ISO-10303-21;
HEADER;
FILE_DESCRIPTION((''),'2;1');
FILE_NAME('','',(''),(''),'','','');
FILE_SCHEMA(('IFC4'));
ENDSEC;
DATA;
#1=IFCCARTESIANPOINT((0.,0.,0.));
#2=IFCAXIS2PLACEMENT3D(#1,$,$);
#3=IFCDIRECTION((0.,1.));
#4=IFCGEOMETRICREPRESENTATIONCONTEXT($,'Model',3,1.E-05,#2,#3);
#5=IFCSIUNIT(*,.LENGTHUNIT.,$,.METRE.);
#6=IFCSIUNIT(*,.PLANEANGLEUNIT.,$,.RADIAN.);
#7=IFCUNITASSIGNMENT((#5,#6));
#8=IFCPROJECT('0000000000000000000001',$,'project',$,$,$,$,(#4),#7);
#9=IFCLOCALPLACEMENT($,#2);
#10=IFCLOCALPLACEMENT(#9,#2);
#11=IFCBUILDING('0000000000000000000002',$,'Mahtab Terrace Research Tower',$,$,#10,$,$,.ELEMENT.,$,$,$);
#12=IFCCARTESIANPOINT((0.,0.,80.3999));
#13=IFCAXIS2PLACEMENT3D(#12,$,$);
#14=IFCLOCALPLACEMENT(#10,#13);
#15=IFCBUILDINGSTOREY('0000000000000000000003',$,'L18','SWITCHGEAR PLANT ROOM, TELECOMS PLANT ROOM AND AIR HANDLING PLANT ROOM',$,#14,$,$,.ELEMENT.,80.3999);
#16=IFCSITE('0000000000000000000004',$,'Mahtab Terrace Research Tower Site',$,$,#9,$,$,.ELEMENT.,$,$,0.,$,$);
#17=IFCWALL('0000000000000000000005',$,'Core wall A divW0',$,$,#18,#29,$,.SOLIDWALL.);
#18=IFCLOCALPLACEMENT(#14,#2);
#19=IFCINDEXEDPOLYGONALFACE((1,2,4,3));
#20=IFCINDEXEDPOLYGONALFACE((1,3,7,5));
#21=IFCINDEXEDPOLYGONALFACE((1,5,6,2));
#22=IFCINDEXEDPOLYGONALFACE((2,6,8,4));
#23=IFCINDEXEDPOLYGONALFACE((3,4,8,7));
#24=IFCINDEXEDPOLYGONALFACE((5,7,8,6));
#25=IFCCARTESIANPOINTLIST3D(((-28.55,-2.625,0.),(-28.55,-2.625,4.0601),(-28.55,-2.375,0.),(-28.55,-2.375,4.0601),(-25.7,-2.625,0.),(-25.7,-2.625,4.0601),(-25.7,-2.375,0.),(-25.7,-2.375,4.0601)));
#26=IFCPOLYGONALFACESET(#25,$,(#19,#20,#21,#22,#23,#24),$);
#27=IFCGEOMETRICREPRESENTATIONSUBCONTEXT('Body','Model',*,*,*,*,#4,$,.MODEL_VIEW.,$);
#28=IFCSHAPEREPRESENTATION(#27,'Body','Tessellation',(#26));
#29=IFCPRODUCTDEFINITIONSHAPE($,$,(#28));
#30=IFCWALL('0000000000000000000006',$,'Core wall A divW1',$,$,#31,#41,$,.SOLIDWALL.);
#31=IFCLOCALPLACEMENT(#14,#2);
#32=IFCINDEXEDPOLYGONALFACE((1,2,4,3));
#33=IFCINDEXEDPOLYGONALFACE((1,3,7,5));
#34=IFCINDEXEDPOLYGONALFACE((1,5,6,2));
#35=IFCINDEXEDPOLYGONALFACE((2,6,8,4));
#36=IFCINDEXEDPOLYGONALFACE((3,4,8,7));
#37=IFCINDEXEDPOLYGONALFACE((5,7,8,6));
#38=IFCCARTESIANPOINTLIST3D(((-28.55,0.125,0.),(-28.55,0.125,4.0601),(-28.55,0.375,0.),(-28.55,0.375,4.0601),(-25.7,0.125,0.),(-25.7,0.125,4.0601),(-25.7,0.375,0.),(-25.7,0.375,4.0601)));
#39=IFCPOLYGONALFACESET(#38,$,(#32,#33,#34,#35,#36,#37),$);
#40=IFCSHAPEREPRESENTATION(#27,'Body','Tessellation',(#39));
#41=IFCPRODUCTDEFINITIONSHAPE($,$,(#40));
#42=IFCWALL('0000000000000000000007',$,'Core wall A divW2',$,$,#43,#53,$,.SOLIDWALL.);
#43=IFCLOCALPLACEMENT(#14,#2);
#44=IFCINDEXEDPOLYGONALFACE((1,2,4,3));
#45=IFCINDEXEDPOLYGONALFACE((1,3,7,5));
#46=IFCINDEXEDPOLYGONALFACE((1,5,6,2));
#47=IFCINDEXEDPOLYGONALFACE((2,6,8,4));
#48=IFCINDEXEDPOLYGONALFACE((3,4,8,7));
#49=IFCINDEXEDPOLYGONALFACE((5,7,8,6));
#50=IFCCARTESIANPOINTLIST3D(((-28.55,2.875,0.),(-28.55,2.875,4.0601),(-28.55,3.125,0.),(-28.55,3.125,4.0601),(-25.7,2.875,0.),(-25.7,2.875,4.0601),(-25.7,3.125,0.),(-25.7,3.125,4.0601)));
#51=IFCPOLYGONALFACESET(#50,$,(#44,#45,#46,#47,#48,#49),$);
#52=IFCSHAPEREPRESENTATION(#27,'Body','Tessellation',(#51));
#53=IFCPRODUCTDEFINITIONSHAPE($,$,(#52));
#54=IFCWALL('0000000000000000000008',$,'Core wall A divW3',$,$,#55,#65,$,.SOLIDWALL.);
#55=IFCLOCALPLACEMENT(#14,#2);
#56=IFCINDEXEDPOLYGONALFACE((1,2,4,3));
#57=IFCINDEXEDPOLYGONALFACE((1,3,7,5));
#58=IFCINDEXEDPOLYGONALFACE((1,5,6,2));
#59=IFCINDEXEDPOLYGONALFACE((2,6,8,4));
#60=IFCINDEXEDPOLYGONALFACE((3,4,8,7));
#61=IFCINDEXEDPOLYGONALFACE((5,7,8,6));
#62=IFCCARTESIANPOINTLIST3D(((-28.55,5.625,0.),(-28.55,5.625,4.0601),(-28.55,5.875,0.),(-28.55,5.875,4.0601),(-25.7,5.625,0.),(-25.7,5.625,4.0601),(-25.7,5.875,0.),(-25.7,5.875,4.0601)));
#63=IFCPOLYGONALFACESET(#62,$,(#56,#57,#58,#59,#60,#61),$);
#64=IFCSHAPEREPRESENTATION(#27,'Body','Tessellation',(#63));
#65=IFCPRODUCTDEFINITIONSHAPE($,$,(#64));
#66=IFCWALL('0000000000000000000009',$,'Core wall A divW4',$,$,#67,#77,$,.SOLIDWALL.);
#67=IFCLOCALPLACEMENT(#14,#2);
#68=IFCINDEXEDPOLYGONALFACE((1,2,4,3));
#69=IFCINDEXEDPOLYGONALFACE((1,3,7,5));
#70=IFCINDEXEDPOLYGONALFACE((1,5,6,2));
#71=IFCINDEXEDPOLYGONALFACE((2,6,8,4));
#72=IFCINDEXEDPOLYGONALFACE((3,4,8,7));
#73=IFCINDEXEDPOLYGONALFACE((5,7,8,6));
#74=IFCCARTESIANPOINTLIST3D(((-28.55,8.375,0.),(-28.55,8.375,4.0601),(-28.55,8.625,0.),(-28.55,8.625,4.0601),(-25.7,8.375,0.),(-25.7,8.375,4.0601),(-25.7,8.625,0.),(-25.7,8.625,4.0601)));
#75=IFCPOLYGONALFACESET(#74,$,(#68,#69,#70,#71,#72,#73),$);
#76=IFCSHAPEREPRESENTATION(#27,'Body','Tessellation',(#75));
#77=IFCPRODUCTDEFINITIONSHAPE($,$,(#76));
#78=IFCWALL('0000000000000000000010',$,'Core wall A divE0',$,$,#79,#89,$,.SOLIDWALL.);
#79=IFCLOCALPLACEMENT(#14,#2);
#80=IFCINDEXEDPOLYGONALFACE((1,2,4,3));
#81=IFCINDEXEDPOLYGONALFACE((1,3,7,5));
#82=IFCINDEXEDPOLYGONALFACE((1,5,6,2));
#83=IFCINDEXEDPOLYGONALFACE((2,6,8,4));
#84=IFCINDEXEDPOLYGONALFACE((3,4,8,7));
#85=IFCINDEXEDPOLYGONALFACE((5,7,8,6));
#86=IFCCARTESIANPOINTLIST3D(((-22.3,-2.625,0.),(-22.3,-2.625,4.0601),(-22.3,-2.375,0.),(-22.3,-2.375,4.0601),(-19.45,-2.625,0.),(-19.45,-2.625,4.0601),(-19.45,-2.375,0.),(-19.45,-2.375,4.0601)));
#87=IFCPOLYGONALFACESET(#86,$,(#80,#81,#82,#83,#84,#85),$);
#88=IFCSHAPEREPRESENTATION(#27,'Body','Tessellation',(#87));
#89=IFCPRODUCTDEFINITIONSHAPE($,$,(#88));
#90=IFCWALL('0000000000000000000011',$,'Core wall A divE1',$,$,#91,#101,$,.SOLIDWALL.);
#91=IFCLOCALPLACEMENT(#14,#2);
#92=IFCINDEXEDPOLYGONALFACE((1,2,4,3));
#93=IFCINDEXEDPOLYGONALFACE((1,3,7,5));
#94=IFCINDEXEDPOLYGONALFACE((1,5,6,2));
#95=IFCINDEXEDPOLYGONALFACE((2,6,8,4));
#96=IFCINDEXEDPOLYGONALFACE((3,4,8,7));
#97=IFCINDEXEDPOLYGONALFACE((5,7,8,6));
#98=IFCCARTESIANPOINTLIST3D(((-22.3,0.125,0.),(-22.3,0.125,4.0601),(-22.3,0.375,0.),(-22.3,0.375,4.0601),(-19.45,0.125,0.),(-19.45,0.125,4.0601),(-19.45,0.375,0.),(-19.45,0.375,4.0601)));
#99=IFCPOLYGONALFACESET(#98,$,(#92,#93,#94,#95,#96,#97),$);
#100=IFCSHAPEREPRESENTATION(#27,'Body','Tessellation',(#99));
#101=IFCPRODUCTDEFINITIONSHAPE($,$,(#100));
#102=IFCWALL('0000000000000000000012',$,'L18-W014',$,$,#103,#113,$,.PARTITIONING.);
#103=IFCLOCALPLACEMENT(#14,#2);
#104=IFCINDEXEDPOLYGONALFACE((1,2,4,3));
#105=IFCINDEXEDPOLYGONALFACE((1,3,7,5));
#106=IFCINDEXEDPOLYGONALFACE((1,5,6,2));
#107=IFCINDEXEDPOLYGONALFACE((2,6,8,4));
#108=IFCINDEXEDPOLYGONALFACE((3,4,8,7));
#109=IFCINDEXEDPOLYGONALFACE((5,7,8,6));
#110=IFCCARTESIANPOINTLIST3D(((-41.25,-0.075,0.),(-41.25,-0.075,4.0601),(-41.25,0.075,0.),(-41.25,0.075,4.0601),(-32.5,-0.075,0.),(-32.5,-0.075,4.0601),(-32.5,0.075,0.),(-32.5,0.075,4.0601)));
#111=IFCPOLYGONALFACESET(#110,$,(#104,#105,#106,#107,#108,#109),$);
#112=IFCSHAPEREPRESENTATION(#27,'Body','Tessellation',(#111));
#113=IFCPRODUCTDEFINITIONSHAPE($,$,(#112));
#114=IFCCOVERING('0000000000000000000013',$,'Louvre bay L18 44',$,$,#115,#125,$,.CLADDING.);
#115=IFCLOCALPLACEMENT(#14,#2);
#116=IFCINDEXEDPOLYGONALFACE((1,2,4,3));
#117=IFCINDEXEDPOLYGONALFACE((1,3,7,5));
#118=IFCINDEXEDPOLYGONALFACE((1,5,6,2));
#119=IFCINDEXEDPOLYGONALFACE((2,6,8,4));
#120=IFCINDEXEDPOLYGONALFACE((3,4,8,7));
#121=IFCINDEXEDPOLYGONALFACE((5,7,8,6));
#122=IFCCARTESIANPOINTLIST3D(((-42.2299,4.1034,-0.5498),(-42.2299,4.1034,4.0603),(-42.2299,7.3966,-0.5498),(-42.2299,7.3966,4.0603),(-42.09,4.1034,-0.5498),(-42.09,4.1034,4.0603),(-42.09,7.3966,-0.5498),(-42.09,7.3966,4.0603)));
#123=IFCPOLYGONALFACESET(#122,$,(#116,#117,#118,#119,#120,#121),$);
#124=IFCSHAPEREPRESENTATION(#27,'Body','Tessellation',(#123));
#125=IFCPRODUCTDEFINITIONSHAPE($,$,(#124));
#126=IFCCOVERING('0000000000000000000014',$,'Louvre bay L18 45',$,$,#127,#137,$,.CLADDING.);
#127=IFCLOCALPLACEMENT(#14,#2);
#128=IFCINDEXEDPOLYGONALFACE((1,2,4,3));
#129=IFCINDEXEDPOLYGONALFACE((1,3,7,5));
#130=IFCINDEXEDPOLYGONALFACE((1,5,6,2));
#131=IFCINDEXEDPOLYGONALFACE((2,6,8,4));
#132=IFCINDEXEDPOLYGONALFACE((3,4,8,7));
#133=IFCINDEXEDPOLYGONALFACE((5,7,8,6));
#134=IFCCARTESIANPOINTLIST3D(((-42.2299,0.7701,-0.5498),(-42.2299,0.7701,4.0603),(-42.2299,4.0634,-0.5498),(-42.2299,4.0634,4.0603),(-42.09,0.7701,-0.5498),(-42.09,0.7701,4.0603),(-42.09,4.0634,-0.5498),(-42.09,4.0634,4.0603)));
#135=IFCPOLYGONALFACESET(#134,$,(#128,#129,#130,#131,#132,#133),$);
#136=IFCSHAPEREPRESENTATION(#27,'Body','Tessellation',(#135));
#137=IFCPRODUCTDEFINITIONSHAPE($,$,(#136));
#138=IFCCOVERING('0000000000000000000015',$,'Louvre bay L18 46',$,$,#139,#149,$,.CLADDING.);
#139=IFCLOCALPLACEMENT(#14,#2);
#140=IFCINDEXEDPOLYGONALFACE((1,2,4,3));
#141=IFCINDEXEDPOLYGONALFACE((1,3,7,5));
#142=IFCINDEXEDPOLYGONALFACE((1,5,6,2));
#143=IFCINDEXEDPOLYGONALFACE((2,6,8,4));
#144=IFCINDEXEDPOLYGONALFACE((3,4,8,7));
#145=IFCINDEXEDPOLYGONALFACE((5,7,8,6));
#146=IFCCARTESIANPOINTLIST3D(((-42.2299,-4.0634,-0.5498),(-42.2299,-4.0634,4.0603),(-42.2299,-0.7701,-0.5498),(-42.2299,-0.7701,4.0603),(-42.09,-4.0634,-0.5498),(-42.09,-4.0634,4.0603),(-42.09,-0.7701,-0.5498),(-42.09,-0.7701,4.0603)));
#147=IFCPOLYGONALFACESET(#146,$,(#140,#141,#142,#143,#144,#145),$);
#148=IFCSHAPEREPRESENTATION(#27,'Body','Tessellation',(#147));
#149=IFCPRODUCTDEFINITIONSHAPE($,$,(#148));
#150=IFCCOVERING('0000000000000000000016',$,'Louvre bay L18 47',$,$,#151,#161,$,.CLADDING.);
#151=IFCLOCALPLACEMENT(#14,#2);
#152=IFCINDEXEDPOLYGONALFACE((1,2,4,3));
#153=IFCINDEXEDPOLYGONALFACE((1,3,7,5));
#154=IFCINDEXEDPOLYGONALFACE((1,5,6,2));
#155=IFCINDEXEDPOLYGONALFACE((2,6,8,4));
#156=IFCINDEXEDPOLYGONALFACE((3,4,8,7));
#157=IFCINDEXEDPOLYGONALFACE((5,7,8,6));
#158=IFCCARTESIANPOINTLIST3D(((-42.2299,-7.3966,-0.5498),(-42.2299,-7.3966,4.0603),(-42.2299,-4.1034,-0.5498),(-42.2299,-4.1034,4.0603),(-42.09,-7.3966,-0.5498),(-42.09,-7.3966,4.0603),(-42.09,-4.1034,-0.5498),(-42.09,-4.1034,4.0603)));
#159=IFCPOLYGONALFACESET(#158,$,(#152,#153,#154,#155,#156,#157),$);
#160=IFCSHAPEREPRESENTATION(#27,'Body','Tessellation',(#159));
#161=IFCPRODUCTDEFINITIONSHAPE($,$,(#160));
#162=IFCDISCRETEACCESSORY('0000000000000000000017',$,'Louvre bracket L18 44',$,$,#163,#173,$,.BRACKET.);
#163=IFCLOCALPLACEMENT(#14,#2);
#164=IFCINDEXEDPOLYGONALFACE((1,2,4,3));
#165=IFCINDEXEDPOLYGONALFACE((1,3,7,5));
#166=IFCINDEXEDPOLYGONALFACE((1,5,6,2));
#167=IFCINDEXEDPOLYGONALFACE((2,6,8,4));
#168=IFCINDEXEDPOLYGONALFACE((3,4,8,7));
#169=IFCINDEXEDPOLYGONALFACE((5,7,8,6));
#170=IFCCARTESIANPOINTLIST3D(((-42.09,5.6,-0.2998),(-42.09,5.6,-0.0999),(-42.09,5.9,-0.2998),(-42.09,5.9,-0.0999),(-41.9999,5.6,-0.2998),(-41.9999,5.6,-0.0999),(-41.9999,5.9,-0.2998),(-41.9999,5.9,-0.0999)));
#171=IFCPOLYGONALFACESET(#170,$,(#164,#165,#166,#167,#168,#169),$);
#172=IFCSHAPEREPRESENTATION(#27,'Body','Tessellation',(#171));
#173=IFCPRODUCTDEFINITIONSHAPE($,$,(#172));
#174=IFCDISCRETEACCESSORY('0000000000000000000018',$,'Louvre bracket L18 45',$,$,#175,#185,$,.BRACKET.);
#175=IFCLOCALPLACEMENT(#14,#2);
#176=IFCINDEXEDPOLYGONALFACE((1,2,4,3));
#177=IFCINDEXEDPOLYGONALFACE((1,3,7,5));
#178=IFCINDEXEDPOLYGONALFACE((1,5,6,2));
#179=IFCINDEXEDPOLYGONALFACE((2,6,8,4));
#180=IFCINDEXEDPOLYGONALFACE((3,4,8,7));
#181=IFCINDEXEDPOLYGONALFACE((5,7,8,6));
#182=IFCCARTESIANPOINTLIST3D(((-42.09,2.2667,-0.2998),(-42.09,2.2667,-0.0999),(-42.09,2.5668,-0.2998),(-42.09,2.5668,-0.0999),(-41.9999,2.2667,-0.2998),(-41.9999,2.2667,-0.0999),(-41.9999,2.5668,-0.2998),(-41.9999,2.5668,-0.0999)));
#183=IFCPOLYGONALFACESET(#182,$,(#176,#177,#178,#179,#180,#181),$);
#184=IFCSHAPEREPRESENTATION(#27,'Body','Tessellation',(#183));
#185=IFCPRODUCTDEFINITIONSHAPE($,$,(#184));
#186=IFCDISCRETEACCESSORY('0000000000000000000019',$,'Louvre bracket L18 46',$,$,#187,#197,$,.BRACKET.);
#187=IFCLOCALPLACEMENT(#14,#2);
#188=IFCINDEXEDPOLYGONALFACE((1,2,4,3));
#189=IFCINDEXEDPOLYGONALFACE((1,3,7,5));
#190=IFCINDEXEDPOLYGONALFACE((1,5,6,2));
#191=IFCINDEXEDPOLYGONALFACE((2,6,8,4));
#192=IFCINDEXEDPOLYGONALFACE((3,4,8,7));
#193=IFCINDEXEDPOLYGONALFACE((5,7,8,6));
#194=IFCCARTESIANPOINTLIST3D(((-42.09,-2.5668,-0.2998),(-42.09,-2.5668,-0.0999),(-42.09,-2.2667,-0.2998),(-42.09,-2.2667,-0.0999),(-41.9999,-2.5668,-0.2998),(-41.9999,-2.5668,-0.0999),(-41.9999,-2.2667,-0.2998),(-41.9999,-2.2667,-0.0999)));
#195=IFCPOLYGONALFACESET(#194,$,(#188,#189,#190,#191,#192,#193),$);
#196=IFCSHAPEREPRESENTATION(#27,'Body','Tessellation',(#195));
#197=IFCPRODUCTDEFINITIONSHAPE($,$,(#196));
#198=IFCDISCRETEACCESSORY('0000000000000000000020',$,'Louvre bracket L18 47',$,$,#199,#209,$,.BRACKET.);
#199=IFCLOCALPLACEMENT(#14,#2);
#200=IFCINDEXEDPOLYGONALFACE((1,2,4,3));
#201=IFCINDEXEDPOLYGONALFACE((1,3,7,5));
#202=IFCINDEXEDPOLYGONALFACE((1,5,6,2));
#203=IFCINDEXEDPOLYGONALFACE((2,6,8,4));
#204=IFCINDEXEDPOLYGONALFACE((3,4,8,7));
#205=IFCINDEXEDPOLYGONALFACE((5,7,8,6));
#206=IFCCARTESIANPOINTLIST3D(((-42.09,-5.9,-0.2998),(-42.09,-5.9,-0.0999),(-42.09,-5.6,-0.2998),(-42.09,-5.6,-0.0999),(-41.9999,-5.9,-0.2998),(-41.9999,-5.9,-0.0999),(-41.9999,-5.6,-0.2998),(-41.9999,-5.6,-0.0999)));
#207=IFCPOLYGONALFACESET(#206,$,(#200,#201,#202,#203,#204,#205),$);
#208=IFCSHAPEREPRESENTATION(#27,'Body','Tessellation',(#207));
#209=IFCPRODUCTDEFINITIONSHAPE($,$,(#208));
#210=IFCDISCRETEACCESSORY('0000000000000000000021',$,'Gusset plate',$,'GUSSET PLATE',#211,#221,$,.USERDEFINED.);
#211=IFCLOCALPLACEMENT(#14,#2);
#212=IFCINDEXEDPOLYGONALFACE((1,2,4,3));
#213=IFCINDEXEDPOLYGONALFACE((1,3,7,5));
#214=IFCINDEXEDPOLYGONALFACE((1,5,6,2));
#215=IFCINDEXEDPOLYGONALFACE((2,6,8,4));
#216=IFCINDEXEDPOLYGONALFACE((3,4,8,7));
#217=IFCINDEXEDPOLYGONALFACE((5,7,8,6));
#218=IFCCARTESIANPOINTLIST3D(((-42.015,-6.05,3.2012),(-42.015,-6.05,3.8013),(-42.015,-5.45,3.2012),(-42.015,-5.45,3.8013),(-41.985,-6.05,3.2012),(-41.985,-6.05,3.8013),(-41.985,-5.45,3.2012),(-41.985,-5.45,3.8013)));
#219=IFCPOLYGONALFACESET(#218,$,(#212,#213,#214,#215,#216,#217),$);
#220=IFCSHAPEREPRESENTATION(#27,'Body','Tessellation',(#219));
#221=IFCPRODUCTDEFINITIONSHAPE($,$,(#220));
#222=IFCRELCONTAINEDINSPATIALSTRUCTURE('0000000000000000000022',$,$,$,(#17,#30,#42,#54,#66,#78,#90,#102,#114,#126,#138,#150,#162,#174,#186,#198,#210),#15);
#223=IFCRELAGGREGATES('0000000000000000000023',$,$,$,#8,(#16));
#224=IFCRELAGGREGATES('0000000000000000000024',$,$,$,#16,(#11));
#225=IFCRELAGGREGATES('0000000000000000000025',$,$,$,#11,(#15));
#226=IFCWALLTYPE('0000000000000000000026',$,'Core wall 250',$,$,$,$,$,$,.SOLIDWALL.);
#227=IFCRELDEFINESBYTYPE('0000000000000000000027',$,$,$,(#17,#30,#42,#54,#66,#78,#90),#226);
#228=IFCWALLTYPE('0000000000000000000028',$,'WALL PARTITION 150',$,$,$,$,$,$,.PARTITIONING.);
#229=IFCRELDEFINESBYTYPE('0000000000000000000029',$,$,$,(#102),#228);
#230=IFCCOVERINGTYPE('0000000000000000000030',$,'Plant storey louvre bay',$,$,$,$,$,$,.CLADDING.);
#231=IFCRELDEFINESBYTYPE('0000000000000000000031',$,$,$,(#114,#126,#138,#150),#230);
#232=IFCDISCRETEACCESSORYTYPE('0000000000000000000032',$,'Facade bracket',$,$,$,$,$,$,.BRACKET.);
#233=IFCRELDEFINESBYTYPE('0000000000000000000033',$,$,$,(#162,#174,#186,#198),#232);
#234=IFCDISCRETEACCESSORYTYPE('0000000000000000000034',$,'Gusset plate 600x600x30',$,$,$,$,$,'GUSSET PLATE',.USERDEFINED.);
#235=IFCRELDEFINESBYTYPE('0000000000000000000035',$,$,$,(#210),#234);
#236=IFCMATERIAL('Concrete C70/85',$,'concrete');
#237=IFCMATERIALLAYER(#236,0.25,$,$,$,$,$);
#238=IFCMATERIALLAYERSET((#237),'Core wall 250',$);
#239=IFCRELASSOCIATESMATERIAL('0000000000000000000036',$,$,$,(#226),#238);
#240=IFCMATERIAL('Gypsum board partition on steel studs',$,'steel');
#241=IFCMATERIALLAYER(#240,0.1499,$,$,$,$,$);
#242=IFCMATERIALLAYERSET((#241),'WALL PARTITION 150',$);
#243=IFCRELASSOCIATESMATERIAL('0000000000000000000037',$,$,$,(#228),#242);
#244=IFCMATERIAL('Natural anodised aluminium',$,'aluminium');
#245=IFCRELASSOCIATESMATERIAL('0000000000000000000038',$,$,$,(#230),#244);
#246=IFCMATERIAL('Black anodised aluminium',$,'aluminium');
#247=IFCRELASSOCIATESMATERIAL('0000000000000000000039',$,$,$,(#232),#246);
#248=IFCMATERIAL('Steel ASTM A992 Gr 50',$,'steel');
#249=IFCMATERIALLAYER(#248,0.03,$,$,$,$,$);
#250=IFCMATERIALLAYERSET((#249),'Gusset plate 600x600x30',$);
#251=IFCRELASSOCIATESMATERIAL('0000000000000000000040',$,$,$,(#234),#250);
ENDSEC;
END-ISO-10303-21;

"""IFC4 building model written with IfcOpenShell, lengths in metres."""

from ifc_helpers import new_model, si_unit, direction, frame, frame_2d, origin, origin_2d, place, context, subcontext, project, spatial, rectangle, extrude, material, layer, layer_set, type_object, element, save


model = new_model("IFC4")

# Units and contexts
model_context = context("Model", 3, precision=1e-05, world=origin(), true_north=direction((0.0, 1.0)))
body_context = subcontext(model_context, "Body", "Model", "MODEL_VIEW")
ifc_project = project(units=[si_unit("LENGTHUNIT", "METRE"), si_unit("PLANEANGLEUNIT", "RADIAN")], contexts=[model_context])

# Site, building, storey
site_placement = place(None, origin())
site = spatial("IfcSite", under=ifc_project, at=site_placement, Name="Mahtab Terrace Research Tower Site", CompositionType="ELEMENT", RefElevation=0.0)
building_placement = place(site_placement, origin())
building = spatial("IfcBuilding", under=site, at=building_placement, Name="Mahtab Terrace Research Tower", CompositionType="ELEMENT")
storey_placement = place(building_placement, frame((0.0, 0.0, 80.3999)))
storey = spatial("IfcBuildingStorey", under=building, at=storey_placement, Name="L18", Description="SWITCHGEAR PLANT ROOM, TELECOMS PLANT ROOM AND AIR HANDLING PLANT ROOM", CompositionType="ELEMENT", Elevation=80.3999)

# Shared definitions
ifc_material_1 = material(Name="Concrete C70/85", Category="concrete")

# Shared definitions
ifc_material_2 = material(Name="Steel ASTM A992 Gr 50", Category="steel")

# Walls
ifc_layer_1 = layer(ifc_material_1, 0.25)
ifc_layer_set_1 = layer_set([ifc_layer_1], Name="Core wall 250")
wall_type_1 = type_object("IfcWallType", Name="Core wall 250", PredefinedType="SOLIDWALL", material=ifc_layer_set_1)
for number, where, z_axis, x_axis, name in (
    (1, (-28.55, -2.5, 0.0), (0.0, 0.0, 1.0), (1.0, 0.0, 0.0), "Core wall A divW0"),
    (2, (-28.55, 0.25, 0.0), (0.0, 0.0, 1.0), (1.0, 0.0, 0.0), "Core wall A divW1"),
    (3, (-28.55, 3.0, 0.0), (0.0, 0.0, 1.0), (1.0, 0.0, 0.0), "Core wall A divW2"),
    (4, (-28.55, 5.75, 0.0), (0.0, 0.0, 1.0), (1.0, 0.0, 0.0), "Core wall A divW3"),
    (5, (-28.55, 8.5, 0.0), (0.0, 0.0, 1.0), (1.0, 0.0, 0.0), "Core wall A divW4"),
    (6, (-22.3, -2.5, 0.0), (0.0, 0.0, 1.0), (1.0, 0.0, 0.0), "Core wall A divE0"),
    (7, (-22.3, 0.25, 0.0), (0.0, 0.0, 1.0), (1.0, 0.0, 0.0), "Core wall A divE1"),
):
    element("IfcWall", number, at=place(storey_placement, frame(where, z_axis=z_axis, x_axis=x_axis)), inside=storey, type_object=wall_type_1, Name=name, PredefinedType="SOLIDWALL", context=body_context, shape_type="SweptSolid", body=[
        extrude(rectangle(XDim=2.8501, YDim=0.25, at=frame_2d((1.425, 0.0))), origin(), (0.0, 0.0, 1.0), 4.0601),
    ])
ifc_material_3 = material(Name="Gypsum board partition on steel studs", Category="steel")
ifc_layer_2 = layer(ifc_material_3, 0.1499)
ifc_layer_set_2 = layer_set([ifc_layer_2], Name="WALL PARTITION 150")
wall_type_2 = type_object("IfcWallType", Name="WALL PARTITION 150", PredefinedType="PARTITIONING", material=ifc_layer_set_2)
wall_placement = place(storey_placement, frame((-41.25, 0.0, 0.0), z_axis=(0.0, 0.0, 1.0), x_axis=(1.0, 0.0, 0.0)))
element("IfcWall", 8, at=wall_placement, inside=storey, type_object=wall_type_2, Name="L18-W014", PredefinedType="PARTITIONING", context=body_context, shape_type="SweptSolid", body=[
    extrude(rectangle(XDim=8.75, YDim=0.1499, at=frame_2d((4.375, 0.0))), origin(), (0.0, 0.0, 1.0), 4.0601),
])

# Coverings
ifc_material_4 = material(Name="Natural anodised aluminium", Category="aluminium")
covering_type = type_object("IfcCoveringType", Name="Plant storey louvre bay", PredefinedType="CLADDING", material=ifc_material_4)
for number, where, z_axis, x_axis, name in (
    (9, (-42.1599, 5.75, -0.5498), (0.0, 0.0, 1.0), (0.0, -1.0, 0.0), "Louvre bay L18 44"),
    (10, (-42.1599, 2.4167, -0.5498), (0.0, 0.0, 1.0), (0.0, -1.0, 0.0), "Louvre bay L18 45"),
    (11, (-42.1599, -2.4167, -0.5498), (0.0, 0.0, 1.0), (0.0, -1.0, 0.0), "Louvre bay L18 46"),
    (12, (-42.1599, -5.75, -0.5498), (0.0, 0.0, 1.0), (0.0, -1.0, 0.0), "Louvre bay L18 47"),
):
    element("IfcCovering", number, at=place(storey_placement, frame(where, z_axis=z_axis, x_axis=x_axis)), inside=storey, type_object=covering_type, Name=name, PredefinedType="CLADDING", context=body_context, shape_type="SweptSolid", body=[
        extrude(rectangle(XDim=3.2932, YDim=0.1399, at=origin_2d()), origin(), (0.0, 0.0, 1.0), 4.6101),
    ])

# Discrete accessories
ifc_material_5 = material(Name="Black anodised aluminium", Category="aluminium")
discrete_accessory_type_1 = type_object("IfcDiscreteAccessoryType", Name="Facade bracket", PredefinedType="BRACKET", material=ifc_material_5)
for number, where, z_axis, x_axis, name in (
    (13, (-42.0449, 5.75, -0.2998), (0.0, 0.0, 1.0), (0.0, -1.0, 0.0), "Louvre bracket L18 44"),
    (14, (-42.0449, 2.4167, -0.2998), (0.0, 0.0, 1.0), (0.0, -1.0, 0.0), "Louvre bracket L18 45"),
    (15, (-42.0449, -2.4167, -0.2998), (0.0, 0.0, 1.0), (0.0, -1.0, 0.0), "Louvre bracket L18 46"),
    (16, (-42.0449, -5.75, -0.2998), (0.0, 0.0, 1.0), (0.0, -1.0, 0.0), "Louvre bracket L18 47"),
):
    element("IfcDiscreteAccessory", number, at=place(storey_placement, frame(where, z_axis=z_axis, x_axis=x_axis)), inside=storey, type_object=discrete_accessory_type_1, Name=name, PredefinedType="BRACKET", context=body_context, shape_type="SweptSolid", body=[
        extrude(rectangle(XDim=0.3, YDim=0.0901, at=origin_2d()), origin(), (0.0, 0.0, 1.0), 0.2),
    ])
ifc_layer_3 = layer(ifc_material_2, 0.03)
ifc_layer_set_3 = layer_set([ifc_layer_3], Name="Gusset plate 600x600x30")
discrete_accessory_type_2 = type_object("IfcDiscreteAccessoryType", Name="Gusset plate 600x600x30", ElementType="GUSSET PLATE", PredefinedType="USERDEFINED", material=ifc_layer_set_3)
for number, where, z_axis, x_axis, name in (
    (17, (-42.0, -5.75, 3.2012), (0.0, 0.0, 1.0), (0.0, 1.0, 0.0), "Gusset plate"),
):
    element("IfcDiscreteAccessory", number, at=place(storey_placement, frame(where, z_axis=z_axis, x_axis=x_axis)), inside=storey, type_object=discrete_accessory_type_2, Name=name, ObjectType="GUSSET PLATE", PredefinedType="USERDEFINED", context=body_context, shape_type="SweptSolid", body=[
        extrude(rectangle(XDim=0.6001, YDim=0.03, at=origin_2d()), origin(), (0.0, 0.0, 1.0), 0.6001),
    ])

save(model, "model.ifc")
